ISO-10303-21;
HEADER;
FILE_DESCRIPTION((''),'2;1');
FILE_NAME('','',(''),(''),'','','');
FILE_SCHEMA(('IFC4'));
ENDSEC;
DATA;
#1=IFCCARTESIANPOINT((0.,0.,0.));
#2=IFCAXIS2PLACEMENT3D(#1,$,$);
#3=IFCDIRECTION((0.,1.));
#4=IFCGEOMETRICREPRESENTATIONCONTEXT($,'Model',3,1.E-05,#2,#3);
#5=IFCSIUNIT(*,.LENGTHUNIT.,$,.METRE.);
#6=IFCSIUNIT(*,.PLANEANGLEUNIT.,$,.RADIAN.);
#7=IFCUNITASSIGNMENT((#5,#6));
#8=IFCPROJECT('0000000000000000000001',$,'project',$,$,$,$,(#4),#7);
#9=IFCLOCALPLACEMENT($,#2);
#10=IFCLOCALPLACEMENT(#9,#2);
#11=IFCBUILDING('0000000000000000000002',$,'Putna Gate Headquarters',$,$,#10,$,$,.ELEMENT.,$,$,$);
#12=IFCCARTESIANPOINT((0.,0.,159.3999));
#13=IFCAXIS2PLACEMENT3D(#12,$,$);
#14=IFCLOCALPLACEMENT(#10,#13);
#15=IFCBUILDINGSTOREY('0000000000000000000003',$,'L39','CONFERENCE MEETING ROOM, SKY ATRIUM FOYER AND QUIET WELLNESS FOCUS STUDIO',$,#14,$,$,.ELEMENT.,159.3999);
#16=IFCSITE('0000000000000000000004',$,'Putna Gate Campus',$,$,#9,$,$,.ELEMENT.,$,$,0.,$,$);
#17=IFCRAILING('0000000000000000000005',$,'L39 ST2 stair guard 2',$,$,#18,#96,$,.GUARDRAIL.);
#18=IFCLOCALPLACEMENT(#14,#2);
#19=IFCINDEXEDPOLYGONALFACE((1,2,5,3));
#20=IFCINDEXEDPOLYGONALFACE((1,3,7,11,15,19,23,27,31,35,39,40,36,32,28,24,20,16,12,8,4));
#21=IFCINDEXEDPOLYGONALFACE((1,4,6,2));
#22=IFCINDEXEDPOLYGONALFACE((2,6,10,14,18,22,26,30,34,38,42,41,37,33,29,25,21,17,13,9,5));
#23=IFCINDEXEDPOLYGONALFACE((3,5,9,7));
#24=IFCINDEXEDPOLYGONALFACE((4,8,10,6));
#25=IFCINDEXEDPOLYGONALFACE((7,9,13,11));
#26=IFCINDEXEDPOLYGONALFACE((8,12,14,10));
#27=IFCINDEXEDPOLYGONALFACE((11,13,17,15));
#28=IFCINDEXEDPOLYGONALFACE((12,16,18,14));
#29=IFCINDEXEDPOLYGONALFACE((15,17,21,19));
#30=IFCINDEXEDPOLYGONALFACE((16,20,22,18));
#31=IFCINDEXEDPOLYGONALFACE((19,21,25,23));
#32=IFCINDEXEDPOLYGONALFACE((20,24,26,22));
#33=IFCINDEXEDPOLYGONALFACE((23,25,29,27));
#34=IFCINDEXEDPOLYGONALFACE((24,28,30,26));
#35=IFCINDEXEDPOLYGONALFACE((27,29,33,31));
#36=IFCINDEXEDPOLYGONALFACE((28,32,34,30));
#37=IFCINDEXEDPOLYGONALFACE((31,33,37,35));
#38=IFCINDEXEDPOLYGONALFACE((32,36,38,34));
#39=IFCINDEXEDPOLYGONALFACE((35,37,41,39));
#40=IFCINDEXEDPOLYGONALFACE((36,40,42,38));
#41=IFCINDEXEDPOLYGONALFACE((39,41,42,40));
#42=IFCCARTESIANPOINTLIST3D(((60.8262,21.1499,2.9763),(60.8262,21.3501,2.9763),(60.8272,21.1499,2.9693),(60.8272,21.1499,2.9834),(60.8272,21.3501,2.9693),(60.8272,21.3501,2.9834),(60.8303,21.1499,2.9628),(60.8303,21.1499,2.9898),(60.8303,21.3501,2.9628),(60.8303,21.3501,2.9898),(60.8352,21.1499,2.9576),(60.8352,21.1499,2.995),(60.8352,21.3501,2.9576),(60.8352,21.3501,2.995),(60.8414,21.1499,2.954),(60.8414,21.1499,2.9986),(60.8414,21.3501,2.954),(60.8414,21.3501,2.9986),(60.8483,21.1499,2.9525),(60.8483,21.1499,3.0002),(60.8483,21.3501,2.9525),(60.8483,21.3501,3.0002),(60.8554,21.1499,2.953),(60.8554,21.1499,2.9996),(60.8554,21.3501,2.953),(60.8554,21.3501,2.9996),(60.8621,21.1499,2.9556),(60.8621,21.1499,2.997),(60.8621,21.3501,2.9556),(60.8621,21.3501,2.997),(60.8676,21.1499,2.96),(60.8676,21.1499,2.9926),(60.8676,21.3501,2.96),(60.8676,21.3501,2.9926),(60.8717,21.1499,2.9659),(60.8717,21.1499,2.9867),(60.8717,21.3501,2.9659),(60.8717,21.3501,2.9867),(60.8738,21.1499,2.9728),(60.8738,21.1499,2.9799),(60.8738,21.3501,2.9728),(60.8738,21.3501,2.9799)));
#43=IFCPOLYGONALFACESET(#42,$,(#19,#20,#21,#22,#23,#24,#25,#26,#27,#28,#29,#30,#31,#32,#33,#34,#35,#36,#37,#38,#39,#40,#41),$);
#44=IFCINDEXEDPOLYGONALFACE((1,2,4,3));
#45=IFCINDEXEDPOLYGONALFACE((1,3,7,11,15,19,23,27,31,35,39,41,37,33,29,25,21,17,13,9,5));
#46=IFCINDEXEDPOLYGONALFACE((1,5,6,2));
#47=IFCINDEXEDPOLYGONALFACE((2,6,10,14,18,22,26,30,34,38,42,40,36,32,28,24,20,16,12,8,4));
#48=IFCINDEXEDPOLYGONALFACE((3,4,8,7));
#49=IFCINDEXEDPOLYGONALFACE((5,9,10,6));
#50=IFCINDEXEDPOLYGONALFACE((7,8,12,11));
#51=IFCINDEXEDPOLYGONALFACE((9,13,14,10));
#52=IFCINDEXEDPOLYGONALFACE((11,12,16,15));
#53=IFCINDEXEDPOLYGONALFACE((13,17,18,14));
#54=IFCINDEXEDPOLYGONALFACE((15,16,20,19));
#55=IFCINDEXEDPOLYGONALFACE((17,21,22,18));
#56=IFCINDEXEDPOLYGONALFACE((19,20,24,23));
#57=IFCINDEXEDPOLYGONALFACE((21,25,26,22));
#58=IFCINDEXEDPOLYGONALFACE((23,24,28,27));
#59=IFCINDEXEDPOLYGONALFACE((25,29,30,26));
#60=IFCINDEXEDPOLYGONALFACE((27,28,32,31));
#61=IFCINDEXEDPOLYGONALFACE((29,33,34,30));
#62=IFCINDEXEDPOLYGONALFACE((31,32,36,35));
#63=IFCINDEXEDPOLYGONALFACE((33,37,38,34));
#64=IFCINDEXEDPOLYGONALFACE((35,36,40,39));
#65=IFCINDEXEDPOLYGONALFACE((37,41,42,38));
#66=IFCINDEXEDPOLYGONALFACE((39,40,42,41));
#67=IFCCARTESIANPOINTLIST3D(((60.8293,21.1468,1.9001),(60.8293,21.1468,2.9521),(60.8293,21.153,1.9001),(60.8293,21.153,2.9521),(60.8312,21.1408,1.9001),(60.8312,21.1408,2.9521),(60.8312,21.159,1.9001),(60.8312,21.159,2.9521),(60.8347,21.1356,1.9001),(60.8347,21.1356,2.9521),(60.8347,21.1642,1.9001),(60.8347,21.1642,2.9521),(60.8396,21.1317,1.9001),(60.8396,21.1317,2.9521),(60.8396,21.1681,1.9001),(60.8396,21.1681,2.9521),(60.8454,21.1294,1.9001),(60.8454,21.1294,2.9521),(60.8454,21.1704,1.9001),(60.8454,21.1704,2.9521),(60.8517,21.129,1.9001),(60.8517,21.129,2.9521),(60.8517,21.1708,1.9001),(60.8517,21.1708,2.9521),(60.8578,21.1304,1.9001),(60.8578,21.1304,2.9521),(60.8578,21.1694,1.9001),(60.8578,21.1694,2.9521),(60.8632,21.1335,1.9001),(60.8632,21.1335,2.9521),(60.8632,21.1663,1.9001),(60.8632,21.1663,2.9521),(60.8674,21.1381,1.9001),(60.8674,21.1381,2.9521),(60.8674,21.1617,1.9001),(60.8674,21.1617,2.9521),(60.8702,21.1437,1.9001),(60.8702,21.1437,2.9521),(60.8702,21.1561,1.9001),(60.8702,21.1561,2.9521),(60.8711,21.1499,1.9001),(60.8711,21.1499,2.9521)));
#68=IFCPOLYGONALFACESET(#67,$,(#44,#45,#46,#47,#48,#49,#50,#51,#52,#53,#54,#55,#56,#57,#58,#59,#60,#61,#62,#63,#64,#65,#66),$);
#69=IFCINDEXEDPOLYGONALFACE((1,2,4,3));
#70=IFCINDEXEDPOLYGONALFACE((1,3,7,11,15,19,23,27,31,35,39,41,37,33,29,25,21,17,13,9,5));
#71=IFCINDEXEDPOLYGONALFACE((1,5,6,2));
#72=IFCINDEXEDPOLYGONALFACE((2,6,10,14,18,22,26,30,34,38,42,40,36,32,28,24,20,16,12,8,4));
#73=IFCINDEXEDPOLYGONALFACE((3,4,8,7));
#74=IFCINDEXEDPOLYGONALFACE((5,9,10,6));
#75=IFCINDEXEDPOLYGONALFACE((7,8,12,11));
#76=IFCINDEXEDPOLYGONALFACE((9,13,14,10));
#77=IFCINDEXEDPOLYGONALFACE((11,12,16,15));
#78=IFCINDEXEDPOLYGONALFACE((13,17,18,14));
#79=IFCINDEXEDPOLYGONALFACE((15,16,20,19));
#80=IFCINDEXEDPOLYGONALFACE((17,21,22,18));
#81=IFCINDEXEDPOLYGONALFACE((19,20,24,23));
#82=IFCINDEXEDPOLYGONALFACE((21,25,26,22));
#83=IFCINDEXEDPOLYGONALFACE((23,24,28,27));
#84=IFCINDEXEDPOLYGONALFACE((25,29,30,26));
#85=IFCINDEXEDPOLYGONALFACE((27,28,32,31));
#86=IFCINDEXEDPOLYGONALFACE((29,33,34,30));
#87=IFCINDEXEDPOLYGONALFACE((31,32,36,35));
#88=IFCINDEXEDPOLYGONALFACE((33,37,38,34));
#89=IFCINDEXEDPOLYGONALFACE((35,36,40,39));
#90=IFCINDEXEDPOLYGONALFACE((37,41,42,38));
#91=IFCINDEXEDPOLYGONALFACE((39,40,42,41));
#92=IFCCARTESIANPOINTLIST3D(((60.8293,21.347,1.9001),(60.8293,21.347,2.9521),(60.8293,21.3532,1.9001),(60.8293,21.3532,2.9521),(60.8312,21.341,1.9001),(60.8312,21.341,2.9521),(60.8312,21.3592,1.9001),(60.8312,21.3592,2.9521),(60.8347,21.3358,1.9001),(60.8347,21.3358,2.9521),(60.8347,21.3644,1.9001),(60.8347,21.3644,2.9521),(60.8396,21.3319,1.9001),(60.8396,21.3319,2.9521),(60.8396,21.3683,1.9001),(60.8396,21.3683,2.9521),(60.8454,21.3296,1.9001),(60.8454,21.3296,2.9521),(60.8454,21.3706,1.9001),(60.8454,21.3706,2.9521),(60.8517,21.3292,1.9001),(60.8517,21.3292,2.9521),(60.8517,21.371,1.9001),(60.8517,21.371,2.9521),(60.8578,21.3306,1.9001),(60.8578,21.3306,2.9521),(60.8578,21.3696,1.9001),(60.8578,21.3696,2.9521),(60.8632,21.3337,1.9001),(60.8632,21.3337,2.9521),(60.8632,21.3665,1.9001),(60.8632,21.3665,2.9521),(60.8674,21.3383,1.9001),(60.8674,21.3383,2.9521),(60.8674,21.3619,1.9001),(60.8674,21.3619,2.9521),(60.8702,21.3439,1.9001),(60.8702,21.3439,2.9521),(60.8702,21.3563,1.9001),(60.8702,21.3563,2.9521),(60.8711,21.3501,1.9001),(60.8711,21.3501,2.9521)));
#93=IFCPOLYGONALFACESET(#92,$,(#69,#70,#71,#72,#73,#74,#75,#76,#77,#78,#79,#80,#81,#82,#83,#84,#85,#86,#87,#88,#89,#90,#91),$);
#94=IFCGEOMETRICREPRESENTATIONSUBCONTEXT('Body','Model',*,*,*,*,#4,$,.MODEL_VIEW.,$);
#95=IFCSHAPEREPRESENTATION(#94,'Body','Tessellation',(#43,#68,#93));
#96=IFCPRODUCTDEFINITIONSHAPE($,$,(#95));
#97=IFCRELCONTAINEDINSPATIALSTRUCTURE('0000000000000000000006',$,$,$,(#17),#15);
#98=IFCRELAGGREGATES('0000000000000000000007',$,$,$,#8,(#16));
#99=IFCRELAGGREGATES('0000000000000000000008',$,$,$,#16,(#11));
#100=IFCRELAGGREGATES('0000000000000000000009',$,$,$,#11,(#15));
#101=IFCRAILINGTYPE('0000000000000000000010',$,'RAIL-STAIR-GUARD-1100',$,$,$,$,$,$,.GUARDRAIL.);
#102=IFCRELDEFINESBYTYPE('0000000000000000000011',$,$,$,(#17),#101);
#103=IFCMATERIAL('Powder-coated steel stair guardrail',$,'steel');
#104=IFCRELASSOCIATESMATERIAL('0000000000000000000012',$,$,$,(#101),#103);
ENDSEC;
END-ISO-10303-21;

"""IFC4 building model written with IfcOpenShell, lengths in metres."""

from ifc_helpers import new_model, si_unit, direction, frame, origin, origin_2d, place, context, subcontext, project, spatial, circle, extrude, material, type_object, element, save


model = new_model("IFC4")

# Units and contexts
model_context = context("Model", 3, precision=1e-05, world=origin(), true_north=direction((0.0, 1.0)))
body_context = subcontext(model_context, "Body", "Model", "MODEL_VIEW")
ifc_project = project(units=[si_unit("LENGTHUNIT", "METRE"), si_unit("PLANEANGLEUNIT", "RADIAN")], contexts=[model_context])

# Site, building, storey
site_placement = place(None, origin())
site = spatial("IfcSite", under=ifc_project, at=site_placement, Name="Putna Gate Campus", CompositionType="ELEMENT", RefElevation=0.0)
building_placement = place(site_placement, origin())
building = spatial("IfcBuilding", under=site, at=building_placement, Name="Putna Gate Headquarters", CompositionType="ELEMENT")
storey_placement = place(building_placement, frame((0.0, 0.0, 159.3999)))
storey = spatial("IfcBuildingStorey", under=building, at=storey_placement, Name="L39", Description="CONFERENCE MEETING ROOM, SKY ATRIUM FOYER AND QUIET WELLNESS FOCUS STUDIO", CompositionType="ELEMENT", Elevation=159.3999)

# Railing
ifc_material_1 = material(Name="Powder-coated steel stair guardrail", Category="steel")
railing_type_1 = type_object("IfcRailingType", Name="RAIL-STAIR-GUARD-1100", PredefinedType="GUARDRAIL", material=ifc_material_1)
railing_1_placement = place(storey_placement, frame((60.8501, 21.1499, 1.9001)))
element("IfcRailing", 1, at=railing_1_placement, inside=storey, type_object=railing_type_1, Name="L39 ST2 stair guard 2", PredefinedType="GUARDRAIL", context=body_context, shape_type="SweptSolid", body=[
    extrude(circle(Radius=0.0239, at=origin_2d()), frame((0.0, 0.0, 1.0762), z_axis=(0.0, 1.0, 0.0), x_axis=(-1.0, 0.0, 0.0)), (0.0, 0.0, 1.0), 0.2002),
    extrude(circle(Radius=0.021, at=origin_2d()), origin(), (0.0, 0.0, 1.0), 1.052),
    extrude(circle(Radius=0.021, at=origin_2d()), frame((0.0, 0.2002, 0.0)), (0.0, 0.0, 1.0), 1.052),
])

save(model, "model.ifc")
